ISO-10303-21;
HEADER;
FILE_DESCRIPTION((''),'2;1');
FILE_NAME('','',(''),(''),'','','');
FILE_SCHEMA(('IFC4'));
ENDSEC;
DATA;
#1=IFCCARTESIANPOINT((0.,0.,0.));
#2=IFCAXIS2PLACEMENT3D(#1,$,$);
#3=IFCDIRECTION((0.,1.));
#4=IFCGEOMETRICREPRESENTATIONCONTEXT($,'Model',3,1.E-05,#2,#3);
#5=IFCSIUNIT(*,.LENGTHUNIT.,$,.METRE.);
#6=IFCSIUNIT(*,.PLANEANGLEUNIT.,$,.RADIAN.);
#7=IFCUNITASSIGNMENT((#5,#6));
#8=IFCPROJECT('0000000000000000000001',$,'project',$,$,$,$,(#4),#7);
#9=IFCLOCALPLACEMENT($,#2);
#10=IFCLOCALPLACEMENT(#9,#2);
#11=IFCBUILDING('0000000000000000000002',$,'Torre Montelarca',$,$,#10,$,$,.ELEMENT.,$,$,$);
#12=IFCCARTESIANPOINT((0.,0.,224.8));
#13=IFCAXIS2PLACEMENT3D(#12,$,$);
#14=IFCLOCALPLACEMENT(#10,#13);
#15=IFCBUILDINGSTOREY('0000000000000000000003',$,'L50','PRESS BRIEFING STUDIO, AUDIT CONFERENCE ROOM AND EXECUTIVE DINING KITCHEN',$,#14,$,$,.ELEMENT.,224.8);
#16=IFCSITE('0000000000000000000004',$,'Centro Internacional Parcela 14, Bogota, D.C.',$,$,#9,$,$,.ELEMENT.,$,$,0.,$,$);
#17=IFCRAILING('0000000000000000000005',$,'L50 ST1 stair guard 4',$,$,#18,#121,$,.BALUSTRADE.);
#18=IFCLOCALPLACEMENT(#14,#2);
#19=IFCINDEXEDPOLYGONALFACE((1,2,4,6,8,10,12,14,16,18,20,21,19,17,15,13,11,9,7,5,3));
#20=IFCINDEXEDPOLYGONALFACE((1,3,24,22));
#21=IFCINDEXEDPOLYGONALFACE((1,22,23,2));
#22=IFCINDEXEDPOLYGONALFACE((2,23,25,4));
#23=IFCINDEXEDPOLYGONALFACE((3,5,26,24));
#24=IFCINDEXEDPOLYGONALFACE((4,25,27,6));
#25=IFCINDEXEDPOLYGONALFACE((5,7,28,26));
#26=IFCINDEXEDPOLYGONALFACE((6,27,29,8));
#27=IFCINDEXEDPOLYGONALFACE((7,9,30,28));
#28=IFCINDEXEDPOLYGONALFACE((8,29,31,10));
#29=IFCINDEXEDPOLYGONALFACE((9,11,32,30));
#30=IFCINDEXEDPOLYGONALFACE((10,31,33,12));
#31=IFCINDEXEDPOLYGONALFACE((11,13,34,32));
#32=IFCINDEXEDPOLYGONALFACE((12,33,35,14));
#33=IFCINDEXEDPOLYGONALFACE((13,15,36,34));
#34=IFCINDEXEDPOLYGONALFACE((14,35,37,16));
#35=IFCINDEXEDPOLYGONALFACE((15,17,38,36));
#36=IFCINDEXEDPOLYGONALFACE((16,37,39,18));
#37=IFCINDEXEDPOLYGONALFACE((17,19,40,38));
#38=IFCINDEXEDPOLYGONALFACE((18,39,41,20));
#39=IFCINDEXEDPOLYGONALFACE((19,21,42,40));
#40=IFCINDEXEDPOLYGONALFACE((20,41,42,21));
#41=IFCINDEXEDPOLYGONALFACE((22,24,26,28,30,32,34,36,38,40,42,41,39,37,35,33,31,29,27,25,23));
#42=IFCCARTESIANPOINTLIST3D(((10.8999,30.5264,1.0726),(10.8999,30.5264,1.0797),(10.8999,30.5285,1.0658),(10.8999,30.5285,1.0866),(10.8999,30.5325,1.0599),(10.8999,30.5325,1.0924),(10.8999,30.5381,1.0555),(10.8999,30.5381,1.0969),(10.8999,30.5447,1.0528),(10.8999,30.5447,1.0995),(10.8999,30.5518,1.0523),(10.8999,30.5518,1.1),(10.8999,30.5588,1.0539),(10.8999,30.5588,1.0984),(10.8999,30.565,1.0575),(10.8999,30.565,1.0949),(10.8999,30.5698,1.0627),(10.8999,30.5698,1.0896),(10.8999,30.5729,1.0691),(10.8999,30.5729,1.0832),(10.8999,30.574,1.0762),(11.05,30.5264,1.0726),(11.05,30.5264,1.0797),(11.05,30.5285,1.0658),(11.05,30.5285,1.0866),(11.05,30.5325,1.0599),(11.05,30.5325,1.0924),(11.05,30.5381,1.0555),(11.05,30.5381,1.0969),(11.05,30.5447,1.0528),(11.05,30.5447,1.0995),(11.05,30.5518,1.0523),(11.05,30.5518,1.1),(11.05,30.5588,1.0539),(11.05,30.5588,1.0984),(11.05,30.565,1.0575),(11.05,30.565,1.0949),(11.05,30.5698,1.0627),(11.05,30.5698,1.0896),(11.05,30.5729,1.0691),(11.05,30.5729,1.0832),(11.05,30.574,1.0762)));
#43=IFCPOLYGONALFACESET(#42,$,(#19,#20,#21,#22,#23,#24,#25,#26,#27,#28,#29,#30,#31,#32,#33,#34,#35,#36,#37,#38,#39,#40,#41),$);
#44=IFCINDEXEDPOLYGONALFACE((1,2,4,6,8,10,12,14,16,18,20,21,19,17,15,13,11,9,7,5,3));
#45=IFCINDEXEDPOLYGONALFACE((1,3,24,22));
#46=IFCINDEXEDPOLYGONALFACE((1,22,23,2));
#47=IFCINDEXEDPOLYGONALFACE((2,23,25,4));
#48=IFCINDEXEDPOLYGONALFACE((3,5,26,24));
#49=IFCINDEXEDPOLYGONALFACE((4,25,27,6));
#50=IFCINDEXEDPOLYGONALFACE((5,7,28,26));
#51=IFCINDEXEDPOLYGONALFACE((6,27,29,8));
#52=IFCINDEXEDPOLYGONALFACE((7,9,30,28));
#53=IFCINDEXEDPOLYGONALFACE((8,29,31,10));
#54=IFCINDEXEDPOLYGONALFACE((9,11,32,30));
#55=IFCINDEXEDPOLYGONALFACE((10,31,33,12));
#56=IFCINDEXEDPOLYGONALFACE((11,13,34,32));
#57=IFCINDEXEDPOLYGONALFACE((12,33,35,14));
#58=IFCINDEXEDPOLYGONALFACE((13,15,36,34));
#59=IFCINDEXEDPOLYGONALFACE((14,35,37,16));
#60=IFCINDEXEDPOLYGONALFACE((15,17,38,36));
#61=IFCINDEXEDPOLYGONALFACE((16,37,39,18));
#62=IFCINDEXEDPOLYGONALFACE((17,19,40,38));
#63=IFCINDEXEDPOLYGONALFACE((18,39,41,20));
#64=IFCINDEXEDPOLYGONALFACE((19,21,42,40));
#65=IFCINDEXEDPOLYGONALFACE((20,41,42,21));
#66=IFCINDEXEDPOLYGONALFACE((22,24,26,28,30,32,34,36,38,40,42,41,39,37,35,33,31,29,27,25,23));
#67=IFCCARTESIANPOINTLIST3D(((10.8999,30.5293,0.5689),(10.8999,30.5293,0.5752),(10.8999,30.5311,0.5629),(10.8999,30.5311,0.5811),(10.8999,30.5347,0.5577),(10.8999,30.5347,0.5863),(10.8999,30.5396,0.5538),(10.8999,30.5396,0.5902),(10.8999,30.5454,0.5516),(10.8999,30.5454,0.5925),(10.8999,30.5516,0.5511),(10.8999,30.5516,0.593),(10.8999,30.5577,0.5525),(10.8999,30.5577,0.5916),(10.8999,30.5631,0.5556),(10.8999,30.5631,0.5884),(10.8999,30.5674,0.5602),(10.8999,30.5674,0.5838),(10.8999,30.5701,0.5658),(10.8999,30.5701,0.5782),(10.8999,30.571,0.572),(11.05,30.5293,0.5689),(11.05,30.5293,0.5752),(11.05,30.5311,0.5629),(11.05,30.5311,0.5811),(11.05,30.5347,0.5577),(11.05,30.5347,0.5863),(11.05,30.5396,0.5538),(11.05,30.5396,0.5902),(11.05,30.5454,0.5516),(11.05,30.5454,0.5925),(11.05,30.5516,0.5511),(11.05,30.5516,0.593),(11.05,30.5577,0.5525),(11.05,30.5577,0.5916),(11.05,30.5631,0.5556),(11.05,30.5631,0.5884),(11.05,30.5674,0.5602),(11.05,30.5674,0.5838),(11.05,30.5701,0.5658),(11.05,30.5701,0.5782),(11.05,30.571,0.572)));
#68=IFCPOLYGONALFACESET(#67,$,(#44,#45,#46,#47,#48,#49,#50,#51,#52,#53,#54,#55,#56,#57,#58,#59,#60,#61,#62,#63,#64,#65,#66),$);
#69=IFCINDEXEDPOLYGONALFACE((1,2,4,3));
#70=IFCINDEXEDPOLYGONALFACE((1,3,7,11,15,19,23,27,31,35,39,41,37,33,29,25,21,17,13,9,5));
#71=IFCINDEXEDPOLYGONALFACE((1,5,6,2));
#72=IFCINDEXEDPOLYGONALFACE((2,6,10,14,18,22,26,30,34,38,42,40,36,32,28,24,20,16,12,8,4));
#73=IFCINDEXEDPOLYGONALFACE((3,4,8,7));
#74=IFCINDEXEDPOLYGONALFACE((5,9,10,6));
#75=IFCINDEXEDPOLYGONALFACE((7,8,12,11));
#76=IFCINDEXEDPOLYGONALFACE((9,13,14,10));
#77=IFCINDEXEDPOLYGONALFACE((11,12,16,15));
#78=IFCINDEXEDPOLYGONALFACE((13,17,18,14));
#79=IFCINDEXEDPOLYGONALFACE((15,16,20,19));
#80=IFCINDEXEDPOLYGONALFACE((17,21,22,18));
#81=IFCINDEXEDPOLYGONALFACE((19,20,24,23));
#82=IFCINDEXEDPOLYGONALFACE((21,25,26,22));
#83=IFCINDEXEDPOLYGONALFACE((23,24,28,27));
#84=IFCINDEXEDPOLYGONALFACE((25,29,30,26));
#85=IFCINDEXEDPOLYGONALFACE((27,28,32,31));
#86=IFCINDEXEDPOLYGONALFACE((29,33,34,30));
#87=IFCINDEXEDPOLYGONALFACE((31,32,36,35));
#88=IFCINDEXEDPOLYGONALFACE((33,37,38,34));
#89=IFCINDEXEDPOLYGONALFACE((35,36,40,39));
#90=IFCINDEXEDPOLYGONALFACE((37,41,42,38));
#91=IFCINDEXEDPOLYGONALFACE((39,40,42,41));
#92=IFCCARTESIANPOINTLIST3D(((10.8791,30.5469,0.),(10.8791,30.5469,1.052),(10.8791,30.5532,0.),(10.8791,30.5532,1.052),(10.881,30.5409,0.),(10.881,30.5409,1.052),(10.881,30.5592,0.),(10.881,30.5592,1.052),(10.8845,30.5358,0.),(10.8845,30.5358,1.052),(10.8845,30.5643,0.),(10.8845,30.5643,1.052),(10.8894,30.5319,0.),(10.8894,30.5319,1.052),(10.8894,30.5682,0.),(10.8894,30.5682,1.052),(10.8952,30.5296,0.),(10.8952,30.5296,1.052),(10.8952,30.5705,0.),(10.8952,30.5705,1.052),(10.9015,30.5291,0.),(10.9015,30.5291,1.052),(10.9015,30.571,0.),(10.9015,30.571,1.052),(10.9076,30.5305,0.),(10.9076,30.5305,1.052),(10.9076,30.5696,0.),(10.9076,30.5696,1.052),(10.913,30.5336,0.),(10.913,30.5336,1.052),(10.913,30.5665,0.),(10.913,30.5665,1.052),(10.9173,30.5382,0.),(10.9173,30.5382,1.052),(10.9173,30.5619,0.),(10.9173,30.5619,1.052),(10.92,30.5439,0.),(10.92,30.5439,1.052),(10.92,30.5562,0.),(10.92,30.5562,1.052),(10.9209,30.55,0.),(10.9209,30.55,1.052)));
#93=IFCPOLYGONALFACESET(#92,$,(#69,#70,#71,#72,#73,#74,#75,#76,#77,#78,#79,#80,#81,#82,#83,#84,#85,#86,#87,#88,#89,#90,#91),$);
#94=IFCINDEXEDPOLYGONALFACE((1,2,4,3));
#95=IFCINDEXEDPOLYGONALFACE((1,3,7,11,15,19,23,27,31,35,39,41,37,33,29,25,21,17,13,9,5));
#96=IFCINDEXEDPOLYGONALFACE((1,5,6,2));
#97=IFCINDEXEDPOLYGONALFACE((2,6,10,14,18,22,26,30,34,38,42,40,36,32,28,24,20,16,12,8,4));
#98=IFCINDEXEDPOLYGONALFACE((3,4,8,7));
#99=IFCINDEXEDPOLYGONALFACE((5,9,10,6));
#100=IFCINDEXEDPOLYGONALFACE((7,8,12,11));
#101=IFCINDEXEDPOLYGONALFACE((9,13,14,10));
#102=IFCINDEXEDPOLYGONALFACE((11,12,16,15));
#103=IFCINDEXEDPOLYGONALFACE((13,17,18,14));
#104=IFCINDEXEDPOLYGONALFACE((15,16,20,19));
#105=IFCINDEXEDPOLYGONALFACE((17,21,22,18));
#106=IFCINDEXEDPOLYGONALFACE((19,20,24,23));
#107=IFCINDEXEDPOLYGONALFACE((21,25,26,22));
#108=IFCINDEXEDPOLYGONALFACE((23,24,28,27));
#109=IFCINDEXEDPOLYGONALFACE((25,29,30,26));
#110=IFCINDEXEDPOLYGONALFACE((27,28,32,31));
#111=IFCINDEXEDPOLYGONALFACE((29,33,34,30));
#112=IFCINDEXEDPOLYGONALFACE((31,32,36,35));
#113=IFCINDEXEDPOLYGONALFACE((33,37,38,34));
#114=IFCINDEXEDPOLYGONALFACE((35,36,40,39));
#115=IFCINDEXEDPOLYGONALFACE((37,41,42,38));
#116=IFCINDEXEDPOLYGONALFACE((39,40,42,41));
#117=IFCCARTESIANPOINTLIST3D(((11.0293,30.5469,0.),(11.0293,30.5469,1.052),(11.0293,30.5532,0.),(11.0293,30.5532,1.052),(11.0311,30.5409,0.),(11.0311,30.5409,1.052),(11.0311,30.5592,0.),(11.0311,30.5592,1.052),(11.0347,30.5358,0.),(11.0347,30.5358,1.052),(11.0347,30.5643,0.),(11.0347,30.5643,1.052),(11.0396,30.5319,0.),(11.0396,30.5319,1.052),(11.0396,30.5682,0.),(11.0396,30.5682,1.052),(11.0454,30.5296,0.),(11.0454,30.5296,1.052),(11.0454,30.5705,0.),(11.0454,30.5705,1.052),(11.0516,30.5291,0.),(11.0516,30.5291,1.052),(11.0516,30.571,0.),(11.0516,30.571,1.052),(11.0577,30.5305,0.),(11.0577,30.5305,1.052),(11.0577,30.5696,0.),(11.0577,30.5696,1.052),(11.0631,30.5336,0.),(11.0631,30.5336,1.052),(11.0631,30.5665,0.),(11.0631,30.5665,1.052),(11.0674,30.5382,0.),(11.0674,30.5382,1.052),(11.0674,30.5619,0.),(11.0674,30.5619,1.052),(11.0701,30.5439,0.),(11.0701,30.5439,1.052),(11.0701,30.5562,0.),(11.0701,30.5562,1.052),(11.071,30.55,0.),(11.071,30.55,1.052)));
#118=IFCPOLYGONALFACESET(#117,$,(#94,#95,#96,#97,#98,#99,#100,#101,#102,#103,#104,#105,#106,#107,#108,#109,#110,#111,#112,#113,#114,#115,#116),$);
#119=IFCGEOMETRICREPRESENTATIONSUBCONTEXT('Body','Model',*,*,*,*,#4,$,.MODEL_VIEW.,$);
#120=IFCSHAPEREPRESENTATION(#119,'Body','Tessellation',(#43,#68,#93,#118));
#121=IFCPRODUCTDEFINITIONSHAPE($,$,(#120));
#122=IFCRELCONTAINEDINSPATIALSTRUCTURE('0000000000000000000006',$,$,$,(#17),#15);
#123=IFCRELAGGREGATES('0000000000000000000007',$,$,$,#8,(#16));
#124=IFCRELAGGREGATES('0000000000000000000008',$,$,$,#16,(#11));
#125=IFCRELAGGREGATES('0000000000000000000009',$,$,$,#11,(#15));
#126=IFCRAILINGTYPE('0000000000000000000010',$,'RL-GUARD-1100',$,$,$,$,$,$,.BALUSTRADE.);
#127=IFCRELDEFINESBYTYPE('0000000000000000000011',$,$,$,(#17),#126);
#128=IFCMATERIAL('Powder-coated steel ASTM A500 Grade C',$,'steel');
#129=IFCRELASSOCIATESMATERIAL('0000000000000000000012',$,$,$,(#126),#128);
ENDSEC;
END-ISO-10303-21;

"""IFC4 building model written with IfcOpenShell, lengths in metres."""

from ifc_helpers import new_model, si_unit, direction, frame, origin, origin_2d, place, context, subcontext, project, spatial, circle, extrude, material, type_object, element, save


model = new_model("IFC4")

# Units and contexts
model_context = context("Model", 3, precision=1e-05, world=origin(), true_north=direction((0.0, 1.0)))
body_context = subcontext(model_context, "Body", "Model", "MODEL_VIEW")
ifc_project = project(units=[si_unit("LENGTHUNIT", "METRE"), si_unit("PLANEANGLEUNIT", "RADIAN")], contexts=[model_context])

# Site, building, storey
site_placement = place(None, origin())
site = spatial("IfcSite", under=ifc_project, at=site_placement, Name="Centro Internacional Parcela 14, Bogota, D.C.", CompositionType="ELEMENT", RefElevation=0.0)
building_placement = place(site_placement, origin())
building = spatial("IfcBuilding", under=site, at=building_placement, Name="Torre Montelarca", CompositionType="ELEMENT")
storey_placement = place(building_placement, frame((0.0, 0.0, 224.8)))
storey = spatial("IfcBuildingStorey", under=building, at=storey_placement, Name="L50", Description="PRESS BRIEFING STUDIO, AUDIT CONFERENCE ROOM AND EXECUTIVE DINING KITCHEN", CompositionType="ELEMENT", Elevation=224.8)

# Railing
ifc_material_1 = material(Name="Powder-coated steel ASTM A500 Grade C", Category="steel")
railing_type_1 = type_object("IfcRailingType", Name="RL-GUARD-1100", PredefinedType="BALUSTRADE", material=ifc_material_1)
railing_1_placement = place(storey_placement, frame((10.8999, 30.55, 0.0)))
element("IfcRailing", 1, at=railing_1_placement, inside=storey, type_object=railing_type_1, Name="L50 ST1 stair guard 4", PredefinedType="BALUSTRADE", context=body_context, shape_type="SweptSolid", body=[
    extrude(circle(Radius=0.0239, at=origin_2d()), frame((0.0, 0.0, 1.0762), z_axis=(1.0, 0.0, 0.0), x_axis=(0.0, 1.0, 0.0)), (0.0, 0.0, 1.0), 0.1501),
    extrude(circle(Radius=0.021, at=origin_2d()), frame((0.0, 0.0, 0.572), z_axis=(1.0, 0.0, 0.0), x_axis=(0.0, 1.0, 0.0)), (0.0, 0.0, 1.0), 0.1501),
    extrude(circle(Radius=0.021, at=origin_2d()), origin(), (0.0, 0.0, 1.0), 1.052),
    extrude(circle(Radius=0.021, at=origin_2d()), frame((0.1501, 0.0, 0.0)), (0.0, 0.0, 1.0), 1.052),
])

save(model, "model.ifc")
